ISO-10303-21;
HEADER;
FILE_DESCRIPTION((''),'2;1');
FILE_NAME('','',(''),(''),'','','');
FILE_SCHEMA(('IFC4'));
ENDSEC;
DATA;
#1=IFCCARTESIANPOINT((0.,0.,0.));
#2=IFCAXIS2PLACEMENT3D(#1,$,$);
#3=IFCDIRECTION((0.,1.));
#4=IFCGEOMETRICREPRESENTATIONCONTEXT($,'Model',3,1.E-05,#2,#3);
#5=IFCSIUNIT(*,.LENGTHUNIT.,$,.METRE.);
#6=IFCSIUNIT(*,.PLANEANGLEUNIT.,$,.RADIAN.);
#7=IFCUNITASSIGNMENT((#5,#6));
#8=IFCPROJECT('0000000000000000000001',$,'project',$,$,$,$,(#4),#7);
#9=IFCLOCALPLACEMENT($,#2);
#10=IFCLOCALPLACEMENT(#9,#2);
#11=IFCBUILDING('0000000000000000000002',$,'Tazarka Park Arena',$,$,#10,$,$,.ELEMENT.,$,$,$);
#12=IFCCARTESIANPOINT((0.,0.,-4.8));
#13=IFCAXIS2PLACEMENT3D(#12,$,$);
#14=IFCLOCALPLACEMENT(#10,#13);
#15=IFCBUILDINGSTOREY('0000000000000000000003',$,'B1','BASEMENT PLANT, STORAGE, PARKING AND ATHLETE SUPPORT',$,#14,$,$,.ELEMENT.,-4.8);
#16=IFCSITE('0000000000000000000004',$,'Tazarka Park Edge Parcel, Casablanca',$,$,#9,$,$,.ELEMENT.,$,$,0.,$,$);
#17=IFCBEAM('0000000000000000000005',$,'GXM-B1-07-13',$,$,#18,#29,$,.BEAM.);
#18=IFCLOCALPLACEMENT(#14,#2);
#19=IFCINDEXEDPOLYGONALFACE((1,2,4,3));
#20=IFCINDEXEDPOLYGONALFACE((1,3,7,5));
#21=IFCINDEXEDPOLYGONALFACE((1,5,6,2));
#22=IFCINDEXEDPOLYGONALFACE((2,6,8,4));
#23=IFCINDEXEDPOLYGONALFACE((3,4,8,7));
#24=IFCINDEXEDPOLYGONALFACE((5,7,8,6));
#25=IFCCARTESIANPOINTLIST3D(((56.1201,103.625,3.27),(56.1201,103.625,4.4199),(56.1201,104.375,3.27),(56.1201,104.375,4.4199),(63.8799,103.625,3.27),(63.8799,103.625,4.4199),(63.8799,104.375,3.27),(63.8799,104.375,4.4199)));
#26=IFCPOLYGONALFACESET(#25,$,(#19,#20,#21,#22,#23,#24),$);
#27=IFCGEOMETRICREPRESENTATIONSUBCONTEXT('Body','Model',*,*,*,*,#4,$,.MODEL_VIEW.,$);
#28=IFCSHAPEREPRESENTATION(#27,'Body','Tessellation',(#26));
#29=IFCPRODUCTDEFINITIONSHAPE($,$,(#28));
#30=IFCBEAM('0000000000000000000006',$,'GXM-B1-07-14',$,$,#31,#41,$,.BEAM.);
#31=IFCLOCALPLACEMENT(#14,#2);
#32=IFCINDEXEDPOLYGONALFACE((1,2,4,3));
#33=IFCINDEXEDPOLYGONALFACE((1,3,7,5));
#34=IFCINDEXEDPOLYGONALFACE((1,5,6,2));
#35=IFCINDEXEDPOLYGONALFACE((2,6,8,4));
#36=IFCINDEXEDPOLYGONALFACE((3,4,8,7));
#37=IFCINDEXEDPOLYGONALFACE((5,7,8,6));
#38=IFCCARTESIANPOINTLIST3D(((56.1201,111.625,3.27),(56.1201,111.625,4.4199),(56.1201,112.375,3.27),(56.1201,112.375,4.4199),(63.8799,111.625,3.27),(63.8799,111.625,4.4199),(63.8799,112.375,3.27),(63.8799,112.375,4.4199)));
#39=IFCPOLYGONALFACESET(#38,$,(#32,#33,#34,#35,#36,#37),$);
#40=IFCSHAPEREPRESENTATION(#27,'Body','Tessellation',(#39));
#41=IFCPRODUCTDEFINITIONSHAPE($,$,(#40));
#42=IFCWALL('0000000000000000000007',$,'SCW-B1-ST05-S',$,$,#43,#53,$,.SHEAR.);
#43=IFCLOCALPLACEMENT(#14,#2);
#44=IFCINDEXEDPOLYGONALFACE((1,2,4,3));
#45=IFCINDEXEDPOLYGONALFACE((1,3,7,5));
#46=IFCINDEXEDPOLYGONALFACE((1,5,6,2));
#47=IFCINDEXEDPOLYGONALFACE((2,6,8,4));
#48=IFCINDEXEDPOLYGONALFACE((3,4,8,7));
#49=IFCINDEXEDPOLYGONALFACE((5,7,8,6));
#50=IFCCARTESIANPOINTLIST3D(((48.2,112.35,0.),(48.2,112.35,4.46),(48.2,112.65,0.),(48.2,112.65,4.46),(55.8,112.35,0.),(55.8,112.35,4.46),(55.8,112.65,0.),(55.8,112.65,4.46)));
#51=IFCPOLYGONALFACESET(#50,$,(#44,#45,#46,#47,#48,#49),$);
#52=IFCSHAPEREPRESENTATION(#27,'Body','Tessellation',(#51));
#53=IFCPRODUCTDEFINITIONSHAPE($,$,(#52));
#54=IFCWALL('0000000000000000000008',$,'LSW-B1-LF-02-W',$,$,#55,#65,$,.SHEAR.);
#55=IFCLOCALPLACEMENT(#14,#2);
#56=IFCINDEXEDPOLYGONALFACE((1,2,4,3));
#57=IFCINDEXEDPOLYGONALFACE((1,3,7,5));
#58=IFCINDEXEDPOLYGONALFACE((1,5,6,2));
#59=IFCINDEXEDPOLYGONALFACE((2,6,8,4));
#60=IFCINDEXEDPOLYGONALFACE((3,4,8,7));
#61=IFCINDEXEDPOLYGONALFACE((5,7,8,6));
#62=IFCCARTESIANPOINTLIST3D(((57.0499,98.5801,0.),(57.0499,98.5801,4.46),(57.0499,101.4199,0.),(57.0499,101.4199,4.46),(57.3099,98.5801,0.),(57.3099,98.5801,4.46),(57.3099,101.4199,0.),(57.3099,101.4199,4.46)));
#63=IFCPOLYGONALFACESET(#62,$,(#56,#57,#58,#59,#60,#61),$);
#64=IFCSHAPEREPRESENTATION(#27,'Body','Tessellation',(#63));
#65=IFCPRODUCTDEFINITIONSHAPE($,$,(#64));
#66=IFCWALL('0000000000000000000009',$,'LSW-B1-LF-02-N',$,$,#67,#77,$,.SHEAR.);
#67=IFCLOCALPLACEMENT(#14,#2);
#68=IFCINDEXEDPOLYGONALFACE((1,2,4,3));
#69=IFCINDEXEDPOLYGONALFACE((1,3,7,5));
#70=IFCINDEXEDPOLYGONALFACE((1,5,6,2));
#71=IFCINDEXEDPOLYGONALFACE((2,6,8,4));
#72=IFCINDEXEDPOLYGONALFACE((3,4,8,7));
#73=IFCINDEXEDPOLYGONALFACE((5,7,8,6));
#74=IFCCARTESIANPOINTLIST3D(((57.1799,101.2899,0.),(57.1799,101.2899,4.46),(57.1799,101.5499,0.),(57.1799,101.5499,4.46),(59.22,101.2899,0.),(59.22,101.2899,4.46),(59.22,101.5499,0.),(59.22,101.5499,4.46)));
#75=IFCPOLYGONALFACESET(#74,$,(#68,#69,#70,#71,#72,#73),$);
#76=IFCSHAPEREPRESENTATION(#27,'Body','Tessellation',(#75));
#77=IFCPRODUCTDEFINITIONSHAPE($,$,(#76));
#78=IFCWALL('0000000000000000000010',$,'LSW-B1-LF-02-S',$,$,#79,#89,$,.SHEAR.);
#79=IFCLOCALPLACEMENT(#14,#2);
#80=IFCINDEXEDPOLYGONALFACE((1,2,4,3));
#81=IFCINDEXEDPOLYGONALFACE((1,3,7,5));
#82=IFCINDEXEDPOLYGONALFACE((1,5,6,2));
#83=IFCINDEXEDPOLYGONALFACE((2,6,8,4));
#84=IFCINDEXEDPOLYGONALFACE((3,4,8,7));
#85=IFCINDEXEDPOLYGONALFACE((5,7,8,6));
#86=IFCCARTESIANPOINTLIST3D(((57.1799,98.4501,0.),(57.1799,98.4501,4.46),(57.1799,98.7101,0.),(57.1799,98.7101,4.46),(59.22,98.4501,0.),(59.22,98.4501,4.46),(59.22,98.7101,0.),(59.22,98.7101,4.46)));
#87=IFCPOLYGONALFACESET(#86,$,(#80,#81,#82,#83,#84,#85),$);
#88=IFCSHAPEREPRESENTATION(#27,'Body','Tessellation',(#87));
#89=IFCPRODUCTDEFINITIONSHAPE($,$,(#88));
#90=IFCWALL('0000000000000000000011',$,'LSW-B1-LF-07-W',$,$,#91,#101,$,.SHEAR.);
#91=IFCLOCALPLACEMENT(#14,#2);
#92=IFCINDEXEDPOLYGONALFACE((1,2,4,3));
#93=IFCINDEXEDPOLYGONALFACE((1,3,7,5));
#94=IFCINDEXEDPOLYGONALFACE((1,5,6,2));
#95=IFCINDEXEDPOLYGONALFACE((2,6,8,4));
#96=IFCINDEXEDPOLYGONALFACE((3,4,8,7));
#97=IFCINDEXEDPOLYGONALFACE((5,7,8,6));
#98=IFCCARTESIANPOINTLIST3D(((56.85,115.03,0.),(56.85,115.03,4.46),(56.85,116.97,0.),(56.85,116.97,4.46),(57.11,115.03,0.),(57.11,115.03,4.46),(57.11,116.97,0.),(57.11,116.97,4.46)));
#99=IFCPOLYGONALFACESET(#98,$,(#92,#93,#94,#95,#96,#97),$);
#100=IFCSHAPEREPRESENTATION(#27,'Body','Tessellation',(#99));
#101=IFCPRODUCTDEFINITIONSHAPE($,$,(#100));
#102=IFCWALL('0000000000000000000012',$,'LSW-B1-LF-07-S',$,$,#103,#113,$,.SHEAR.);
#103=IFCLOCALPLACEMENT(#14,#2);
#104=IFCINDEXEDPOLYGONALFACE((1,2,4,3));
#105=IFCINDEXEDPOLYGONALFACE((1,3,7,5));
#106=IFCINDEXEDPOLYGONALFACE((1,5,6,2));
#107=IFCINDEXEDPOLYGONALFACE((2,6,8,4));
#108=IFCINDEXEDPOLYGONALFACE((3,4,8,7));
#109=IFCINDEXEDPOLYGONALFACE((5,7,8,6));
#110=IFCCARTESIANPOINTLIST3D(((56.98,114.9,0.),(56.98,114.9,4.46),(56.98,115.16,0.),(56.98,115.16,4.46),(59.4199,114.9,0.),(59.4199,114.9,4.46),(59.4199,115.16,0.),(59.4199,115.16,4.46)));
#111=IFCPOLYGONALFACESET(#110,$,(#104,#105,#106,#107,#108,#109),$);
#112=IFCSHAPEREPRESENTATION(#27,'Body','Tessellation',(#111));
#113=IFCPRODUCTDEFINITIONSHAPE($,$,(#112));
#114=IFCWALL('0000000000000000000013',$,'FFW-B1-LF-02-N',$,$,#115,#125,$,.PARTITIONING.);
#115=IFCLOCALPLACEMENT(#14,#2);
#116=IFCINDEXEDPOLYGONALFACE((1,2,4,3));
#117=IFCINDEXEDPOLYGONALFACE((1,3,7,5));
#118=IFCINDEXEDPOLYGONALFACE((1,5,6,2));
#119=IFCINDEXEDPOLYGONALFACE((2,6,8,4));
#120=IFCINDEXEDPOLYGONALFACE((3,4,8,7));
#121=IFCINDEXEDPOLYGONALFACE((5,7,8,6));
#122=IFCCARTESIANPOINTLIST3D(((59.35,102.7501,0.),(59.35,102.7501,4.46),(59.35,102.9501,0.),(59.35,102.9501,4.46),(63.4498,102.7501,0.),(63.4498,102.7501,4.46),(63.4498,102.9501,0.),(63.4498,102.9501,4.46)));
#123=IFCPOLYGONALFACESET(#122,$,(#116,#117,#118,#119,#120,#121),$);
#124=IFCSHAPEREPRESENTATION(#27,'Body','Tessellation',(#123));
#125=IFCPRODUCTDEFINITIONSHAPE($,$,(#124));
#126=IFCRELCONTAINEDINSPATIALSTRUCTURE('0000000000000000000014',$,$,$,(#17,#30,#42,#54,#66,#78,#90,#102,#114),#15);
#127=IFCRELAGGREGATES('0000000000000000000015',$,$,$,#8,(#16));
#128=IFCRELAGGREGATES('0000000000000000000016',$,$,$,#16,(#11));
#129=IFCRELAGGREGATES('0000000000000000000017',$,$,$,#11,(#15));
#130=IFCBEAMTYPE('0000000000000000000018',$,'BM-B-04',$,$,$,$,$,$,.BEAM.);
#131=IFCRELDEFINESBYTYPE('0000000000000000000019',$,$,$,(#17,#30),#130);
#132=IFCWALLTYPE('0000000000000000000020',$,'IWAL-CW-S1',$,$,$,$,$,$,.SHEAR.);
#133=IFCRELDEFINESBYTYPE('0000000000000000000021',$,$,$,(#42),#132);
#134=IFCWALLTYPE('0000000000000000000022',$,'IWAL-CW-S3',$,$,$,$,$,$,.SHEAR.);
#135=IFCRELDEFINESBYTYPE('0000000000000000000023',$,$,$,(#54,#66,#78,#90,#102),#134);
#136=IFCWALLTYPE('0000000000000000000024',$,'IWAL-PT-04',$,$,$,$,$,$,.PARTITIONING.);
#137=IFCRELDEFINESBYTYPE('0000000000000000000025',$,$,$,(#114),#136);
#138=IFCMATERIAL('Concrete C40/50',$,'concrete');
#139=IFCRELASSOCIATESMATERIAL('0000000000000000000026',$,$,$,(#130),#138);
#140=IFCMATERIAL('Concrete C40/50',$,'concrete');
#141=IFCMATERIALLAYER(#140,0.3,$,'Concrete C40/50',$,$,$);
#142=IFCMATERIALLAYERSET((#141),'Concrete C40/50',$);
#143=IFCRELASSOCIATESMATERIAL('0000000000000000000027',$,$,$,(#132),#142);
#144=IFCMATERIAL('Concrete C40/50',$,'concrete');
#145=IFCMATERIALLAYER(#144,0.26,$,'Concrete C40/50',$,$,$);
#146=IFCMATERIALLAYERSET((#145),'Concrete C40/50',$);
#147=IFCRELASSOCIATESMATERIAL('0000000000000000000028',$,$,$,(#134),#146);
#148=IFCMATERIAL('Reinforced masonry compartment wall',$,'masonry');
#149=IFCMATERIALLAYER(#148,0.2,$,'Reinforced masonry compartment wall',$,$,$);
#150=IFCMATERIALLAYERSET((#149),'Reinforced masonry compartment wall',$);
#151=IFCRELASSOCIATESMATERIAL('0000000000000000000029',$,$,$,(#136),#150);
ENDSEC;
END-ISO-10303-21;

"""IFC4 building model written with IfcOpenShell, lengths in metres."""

from ifc_helpers import new_model, si_unit, direction, frame, frame_2d, origin, origin_2d, place, context, subcontext, project, spatial, rectangle, extrude, material, layer, layer_set, material_profile, profile_set, type_object, element, save


model = new_model("IFC4")

# Units and contexts
model_context = context("Model", 3, precision=1e-05, world=origin(), true_north=direction((0.0, 1.0)))
body_context = subcontext(model_context, "Body", "Model", "MODEL_VIEW")
ifc_project = project(units=[si_unit("LENGTHUNIT", "METRE"), si_unit("PLANEANGLEUNIT", "RADIAN")], contexts=[model_context])

# Site, building, storey
site_placement = place(None, origin())
site = spatial("IfcSite", under=ifc_project, at=site_placement, Name="Tazarka Park Edge Parcel, Casablanca", CompositionType="ELEMENT", RefElevation=0.0)
building_placement = place(site_placement, origin())
building = spatial("IfcBuilding", under=site, at=building_placement, Name="Tazarka Park Arena", CompositionType="ELEMENT")
storey_placement = place(building_placement, frame((0.0, 0.0, -4.8)))
storey = spatial("IfcBuildingStorey", under=building, at=storey_placement, Name="B1", Description="BASEMENT PLANT, STORAGE, PARKING AND ATHLETE SUPPORT", CompositionType="ELEMENT", Elevation=-4.8)

# Beams
ifc_material_1 = material(Name="Concrete C40/50", Category="concrete")
ifc_material_profile_1 = material_profile(ifc_material_1, rectangle(XDim=0.75, YDim=1.1499, at=origin_2d()), Name="Concrete C40/50")
ifc_profile_set_1 = profile_set([ifc_material_profile_1], Name="Concrete C40/50")
beam_type_1 = type_object("IfcBeamType", Name="BM-B-04", PredefinedType="BEAM", material=ifc_profile_set_1)
for number, where, z_axis, x_axis, name in (
    (1, (56.1201, 104.0, 3.845), (1.0, 0.0, 0.0), (0.0, 1.0, 0.0), "GXM-B1-07-13"),
    (2, (56.1201, 112.0, 3.845), (1.0, 0.0, 0.0), (0.0, 1.0, 0.0), "GXM-B1-07-14"),
):
    element("IfcBeam", number, at=place(storey_placement, frame(where, z_axis=z_axis, x_axis=x_axis)), inside=storey, type_object=beam_type_1, Name=name, PredefinedType="BEAM", context=body_context, shape_type="SweptSolid", body=[
        extrude(rectangle(XDim=0.75, YDim=1.1499, at=origin_2d()), origin(), (0.0, 0.0, 1.0), 7.7598),
    ])

# Walls
ifc_material_2 = material(Name="Concrete C40/50", Category="concrete")
ifc_layer_1 = layer(ifc_material_2, 0.3, Name="Concrete C40/50")
ifc_layer_set_1 = layer_set([ifc_layer_1], Name="Concrete C40/50")
wall_type_1 = type_object("IfcWallType", Name="IWAL-CW-S1", PredefinedType="SHEAR", material=ifc_layer_set_1)
wall_1_placement = place(storey_placement, frame((55.8, 112.5, 0.0), z_axis=(0.0, 0.0, 1.0), x_axis=(-1.0, 0.0, 0.0)))
element("IfcWall", 3, at=wall_1_placement, inside=storey, type_object=wall_type_1, Name="SCW-B1-ST05-S", PredefinedType="SHEAR", context=body_context, shape_type="SweptSolid", body=[
    extrude(rectangle(XDim=7.6001, YDim=0.3, at=frame_2d((3.8, 0.0))), origin(), (0.0, 0.0, 1.0), 4.46),
])
ifc_material_3 = material(Name="Concrete C40/50", Category="concrete")
ifc_layer_2 = layer(ifc_material_3, 0.26, Name="Concrete C40/50")
ifc_layer_set_2 = layer_set([ifc_layer_2], Name="Concrete C40/50")
wall_type_2 = type_object("IfcWallType", Name="IWAL-CW-S3", PredefinedType="SHEAR", material=ifc_layer_set_2)
wall_2_placement = place(storey_placement, frame((57.1799, 98.5801, 0.0), z_axis=(0.0, 0.0, 1.0), x_axis=(0.0, 1.0, 0.0)))
element("IfcWall", 4, at=wall_2_placement, inside=storey, type_object=wall_type_2, Name="LSW-B1-LF-02-W", PredefinedType="SHEAR", context=body_context, shape_type="SweptSolid", body=[
    extrude(rectangle(XDim=2.8398, YDim=0.26, at=frame_2d((1.4199, 0.0))), origin(), (0.0, 0.0, 1.0), 4.46),
])
for number, where, z_axis, x_axis, name in (
    (5, (57.1799, 101.4199, 0.0), (0.0, 0.0, 1.0), (1.0, 0.0, 0.0), "LSW-B1-LF-02-N"),
    (6, (59.22, 98.5801, 0.0), (0.0, 0.0, 1.0), (-1.0, 0.0, 0.0), "LSW-B1-LF-02-S"),
):
    element("IfcWall", number, at=place(storey_placement, frame(where, z_axis=z_axis, x_axis=x_axis)), inside=storey, type_object=wall_type_2, Name=name, PredefinedType="SHEAR", context=body_context, shape_type="SweptSolid", body=[
        extrude(rectangle(XDim=2.04, YDim=0.26, at=frame_2d((1.02, 0.0))), origin(), (0.0, 0.0, 1.0), 4.46),
    ])

# Walls
wall_3_placement = place(storey_placement, frame((56.98, 115.03, 0.0), z_axis=(0.0, 0.0, 1.0), x_axis=(0.0, 1.0, 0.0)))
element("IfcWall", 7, at=wall_3_placement, inside=storey, type_object=wall_type_2, Name="LSW-B1-LF-07-W", PredefinedType="SHEAR", context=body_context, shape_type="SweptSolid", body=[
    extrude(rectangle(XDim=1.9399, YDim=0.26, at=frame_2d((0.97, 0.0))), origin(), (0.0, 0.0, 1.0), 4.46),
])
wall_4_placement = place(storey_placement, frame((59.4199, 115.03, 0.0), z_axis=(0.0, 0.0, 1.0), x_axis=(-1.0, 0.0, 0.0)))
element("IfcWall", 8, at=wall_4_placement, inside=storey, type_object=wall_type_2, Name="LSW-B1-LF-07-S", PredefinedType="SHEAR", context=body_context, shape_type="SweptSolid", body=[
    extrude(rectangle(XDim=2.4399, YDim=0.26, at=frame_2d((1.22, 0.0))), origin(), (0.0, 0.0, 1.0), 4.46),
])
ifc_material_4 = material(Name="Reinforced masonry compartment wall", Category="masonry")
ifc_layer_3 = layer(ifc_material_4, 0.2, Name="Reinforced masonry compartment wall")
ifc_layer_set_3 = layer_set([ifc_layer_3], Name="Reinforced masonry compartment wall")
wall_type_3 = type_object("IfcWallType", Name="IWAL-PT-04", PredefinedType="PARTITIONING", material=ifc_layer_set_3)
wall_5_placement = place(storey_placement, frame((59.3501, 102.8501, 0.0), z_axis=(0.0, 0.0, 1.0), x_axis=(1.0, 0.0, 0.0)))
element("IfcWall", 9, at=wall_5_placement, inside=storey, type_object=wall_type_3, Name="FFW-B1-LF-02-N", PredefinedType="PARTITIONING", context=body_context, shape_type="SweptSolid", body=[
    extrude(rectangle(XDim=4.0999, YDim=0.2, at=frame_2d((2.0498, 0.0))), origin(), (0.0, 0.0, 1.0), 4.46),
])

save(model, "model.ifc")
